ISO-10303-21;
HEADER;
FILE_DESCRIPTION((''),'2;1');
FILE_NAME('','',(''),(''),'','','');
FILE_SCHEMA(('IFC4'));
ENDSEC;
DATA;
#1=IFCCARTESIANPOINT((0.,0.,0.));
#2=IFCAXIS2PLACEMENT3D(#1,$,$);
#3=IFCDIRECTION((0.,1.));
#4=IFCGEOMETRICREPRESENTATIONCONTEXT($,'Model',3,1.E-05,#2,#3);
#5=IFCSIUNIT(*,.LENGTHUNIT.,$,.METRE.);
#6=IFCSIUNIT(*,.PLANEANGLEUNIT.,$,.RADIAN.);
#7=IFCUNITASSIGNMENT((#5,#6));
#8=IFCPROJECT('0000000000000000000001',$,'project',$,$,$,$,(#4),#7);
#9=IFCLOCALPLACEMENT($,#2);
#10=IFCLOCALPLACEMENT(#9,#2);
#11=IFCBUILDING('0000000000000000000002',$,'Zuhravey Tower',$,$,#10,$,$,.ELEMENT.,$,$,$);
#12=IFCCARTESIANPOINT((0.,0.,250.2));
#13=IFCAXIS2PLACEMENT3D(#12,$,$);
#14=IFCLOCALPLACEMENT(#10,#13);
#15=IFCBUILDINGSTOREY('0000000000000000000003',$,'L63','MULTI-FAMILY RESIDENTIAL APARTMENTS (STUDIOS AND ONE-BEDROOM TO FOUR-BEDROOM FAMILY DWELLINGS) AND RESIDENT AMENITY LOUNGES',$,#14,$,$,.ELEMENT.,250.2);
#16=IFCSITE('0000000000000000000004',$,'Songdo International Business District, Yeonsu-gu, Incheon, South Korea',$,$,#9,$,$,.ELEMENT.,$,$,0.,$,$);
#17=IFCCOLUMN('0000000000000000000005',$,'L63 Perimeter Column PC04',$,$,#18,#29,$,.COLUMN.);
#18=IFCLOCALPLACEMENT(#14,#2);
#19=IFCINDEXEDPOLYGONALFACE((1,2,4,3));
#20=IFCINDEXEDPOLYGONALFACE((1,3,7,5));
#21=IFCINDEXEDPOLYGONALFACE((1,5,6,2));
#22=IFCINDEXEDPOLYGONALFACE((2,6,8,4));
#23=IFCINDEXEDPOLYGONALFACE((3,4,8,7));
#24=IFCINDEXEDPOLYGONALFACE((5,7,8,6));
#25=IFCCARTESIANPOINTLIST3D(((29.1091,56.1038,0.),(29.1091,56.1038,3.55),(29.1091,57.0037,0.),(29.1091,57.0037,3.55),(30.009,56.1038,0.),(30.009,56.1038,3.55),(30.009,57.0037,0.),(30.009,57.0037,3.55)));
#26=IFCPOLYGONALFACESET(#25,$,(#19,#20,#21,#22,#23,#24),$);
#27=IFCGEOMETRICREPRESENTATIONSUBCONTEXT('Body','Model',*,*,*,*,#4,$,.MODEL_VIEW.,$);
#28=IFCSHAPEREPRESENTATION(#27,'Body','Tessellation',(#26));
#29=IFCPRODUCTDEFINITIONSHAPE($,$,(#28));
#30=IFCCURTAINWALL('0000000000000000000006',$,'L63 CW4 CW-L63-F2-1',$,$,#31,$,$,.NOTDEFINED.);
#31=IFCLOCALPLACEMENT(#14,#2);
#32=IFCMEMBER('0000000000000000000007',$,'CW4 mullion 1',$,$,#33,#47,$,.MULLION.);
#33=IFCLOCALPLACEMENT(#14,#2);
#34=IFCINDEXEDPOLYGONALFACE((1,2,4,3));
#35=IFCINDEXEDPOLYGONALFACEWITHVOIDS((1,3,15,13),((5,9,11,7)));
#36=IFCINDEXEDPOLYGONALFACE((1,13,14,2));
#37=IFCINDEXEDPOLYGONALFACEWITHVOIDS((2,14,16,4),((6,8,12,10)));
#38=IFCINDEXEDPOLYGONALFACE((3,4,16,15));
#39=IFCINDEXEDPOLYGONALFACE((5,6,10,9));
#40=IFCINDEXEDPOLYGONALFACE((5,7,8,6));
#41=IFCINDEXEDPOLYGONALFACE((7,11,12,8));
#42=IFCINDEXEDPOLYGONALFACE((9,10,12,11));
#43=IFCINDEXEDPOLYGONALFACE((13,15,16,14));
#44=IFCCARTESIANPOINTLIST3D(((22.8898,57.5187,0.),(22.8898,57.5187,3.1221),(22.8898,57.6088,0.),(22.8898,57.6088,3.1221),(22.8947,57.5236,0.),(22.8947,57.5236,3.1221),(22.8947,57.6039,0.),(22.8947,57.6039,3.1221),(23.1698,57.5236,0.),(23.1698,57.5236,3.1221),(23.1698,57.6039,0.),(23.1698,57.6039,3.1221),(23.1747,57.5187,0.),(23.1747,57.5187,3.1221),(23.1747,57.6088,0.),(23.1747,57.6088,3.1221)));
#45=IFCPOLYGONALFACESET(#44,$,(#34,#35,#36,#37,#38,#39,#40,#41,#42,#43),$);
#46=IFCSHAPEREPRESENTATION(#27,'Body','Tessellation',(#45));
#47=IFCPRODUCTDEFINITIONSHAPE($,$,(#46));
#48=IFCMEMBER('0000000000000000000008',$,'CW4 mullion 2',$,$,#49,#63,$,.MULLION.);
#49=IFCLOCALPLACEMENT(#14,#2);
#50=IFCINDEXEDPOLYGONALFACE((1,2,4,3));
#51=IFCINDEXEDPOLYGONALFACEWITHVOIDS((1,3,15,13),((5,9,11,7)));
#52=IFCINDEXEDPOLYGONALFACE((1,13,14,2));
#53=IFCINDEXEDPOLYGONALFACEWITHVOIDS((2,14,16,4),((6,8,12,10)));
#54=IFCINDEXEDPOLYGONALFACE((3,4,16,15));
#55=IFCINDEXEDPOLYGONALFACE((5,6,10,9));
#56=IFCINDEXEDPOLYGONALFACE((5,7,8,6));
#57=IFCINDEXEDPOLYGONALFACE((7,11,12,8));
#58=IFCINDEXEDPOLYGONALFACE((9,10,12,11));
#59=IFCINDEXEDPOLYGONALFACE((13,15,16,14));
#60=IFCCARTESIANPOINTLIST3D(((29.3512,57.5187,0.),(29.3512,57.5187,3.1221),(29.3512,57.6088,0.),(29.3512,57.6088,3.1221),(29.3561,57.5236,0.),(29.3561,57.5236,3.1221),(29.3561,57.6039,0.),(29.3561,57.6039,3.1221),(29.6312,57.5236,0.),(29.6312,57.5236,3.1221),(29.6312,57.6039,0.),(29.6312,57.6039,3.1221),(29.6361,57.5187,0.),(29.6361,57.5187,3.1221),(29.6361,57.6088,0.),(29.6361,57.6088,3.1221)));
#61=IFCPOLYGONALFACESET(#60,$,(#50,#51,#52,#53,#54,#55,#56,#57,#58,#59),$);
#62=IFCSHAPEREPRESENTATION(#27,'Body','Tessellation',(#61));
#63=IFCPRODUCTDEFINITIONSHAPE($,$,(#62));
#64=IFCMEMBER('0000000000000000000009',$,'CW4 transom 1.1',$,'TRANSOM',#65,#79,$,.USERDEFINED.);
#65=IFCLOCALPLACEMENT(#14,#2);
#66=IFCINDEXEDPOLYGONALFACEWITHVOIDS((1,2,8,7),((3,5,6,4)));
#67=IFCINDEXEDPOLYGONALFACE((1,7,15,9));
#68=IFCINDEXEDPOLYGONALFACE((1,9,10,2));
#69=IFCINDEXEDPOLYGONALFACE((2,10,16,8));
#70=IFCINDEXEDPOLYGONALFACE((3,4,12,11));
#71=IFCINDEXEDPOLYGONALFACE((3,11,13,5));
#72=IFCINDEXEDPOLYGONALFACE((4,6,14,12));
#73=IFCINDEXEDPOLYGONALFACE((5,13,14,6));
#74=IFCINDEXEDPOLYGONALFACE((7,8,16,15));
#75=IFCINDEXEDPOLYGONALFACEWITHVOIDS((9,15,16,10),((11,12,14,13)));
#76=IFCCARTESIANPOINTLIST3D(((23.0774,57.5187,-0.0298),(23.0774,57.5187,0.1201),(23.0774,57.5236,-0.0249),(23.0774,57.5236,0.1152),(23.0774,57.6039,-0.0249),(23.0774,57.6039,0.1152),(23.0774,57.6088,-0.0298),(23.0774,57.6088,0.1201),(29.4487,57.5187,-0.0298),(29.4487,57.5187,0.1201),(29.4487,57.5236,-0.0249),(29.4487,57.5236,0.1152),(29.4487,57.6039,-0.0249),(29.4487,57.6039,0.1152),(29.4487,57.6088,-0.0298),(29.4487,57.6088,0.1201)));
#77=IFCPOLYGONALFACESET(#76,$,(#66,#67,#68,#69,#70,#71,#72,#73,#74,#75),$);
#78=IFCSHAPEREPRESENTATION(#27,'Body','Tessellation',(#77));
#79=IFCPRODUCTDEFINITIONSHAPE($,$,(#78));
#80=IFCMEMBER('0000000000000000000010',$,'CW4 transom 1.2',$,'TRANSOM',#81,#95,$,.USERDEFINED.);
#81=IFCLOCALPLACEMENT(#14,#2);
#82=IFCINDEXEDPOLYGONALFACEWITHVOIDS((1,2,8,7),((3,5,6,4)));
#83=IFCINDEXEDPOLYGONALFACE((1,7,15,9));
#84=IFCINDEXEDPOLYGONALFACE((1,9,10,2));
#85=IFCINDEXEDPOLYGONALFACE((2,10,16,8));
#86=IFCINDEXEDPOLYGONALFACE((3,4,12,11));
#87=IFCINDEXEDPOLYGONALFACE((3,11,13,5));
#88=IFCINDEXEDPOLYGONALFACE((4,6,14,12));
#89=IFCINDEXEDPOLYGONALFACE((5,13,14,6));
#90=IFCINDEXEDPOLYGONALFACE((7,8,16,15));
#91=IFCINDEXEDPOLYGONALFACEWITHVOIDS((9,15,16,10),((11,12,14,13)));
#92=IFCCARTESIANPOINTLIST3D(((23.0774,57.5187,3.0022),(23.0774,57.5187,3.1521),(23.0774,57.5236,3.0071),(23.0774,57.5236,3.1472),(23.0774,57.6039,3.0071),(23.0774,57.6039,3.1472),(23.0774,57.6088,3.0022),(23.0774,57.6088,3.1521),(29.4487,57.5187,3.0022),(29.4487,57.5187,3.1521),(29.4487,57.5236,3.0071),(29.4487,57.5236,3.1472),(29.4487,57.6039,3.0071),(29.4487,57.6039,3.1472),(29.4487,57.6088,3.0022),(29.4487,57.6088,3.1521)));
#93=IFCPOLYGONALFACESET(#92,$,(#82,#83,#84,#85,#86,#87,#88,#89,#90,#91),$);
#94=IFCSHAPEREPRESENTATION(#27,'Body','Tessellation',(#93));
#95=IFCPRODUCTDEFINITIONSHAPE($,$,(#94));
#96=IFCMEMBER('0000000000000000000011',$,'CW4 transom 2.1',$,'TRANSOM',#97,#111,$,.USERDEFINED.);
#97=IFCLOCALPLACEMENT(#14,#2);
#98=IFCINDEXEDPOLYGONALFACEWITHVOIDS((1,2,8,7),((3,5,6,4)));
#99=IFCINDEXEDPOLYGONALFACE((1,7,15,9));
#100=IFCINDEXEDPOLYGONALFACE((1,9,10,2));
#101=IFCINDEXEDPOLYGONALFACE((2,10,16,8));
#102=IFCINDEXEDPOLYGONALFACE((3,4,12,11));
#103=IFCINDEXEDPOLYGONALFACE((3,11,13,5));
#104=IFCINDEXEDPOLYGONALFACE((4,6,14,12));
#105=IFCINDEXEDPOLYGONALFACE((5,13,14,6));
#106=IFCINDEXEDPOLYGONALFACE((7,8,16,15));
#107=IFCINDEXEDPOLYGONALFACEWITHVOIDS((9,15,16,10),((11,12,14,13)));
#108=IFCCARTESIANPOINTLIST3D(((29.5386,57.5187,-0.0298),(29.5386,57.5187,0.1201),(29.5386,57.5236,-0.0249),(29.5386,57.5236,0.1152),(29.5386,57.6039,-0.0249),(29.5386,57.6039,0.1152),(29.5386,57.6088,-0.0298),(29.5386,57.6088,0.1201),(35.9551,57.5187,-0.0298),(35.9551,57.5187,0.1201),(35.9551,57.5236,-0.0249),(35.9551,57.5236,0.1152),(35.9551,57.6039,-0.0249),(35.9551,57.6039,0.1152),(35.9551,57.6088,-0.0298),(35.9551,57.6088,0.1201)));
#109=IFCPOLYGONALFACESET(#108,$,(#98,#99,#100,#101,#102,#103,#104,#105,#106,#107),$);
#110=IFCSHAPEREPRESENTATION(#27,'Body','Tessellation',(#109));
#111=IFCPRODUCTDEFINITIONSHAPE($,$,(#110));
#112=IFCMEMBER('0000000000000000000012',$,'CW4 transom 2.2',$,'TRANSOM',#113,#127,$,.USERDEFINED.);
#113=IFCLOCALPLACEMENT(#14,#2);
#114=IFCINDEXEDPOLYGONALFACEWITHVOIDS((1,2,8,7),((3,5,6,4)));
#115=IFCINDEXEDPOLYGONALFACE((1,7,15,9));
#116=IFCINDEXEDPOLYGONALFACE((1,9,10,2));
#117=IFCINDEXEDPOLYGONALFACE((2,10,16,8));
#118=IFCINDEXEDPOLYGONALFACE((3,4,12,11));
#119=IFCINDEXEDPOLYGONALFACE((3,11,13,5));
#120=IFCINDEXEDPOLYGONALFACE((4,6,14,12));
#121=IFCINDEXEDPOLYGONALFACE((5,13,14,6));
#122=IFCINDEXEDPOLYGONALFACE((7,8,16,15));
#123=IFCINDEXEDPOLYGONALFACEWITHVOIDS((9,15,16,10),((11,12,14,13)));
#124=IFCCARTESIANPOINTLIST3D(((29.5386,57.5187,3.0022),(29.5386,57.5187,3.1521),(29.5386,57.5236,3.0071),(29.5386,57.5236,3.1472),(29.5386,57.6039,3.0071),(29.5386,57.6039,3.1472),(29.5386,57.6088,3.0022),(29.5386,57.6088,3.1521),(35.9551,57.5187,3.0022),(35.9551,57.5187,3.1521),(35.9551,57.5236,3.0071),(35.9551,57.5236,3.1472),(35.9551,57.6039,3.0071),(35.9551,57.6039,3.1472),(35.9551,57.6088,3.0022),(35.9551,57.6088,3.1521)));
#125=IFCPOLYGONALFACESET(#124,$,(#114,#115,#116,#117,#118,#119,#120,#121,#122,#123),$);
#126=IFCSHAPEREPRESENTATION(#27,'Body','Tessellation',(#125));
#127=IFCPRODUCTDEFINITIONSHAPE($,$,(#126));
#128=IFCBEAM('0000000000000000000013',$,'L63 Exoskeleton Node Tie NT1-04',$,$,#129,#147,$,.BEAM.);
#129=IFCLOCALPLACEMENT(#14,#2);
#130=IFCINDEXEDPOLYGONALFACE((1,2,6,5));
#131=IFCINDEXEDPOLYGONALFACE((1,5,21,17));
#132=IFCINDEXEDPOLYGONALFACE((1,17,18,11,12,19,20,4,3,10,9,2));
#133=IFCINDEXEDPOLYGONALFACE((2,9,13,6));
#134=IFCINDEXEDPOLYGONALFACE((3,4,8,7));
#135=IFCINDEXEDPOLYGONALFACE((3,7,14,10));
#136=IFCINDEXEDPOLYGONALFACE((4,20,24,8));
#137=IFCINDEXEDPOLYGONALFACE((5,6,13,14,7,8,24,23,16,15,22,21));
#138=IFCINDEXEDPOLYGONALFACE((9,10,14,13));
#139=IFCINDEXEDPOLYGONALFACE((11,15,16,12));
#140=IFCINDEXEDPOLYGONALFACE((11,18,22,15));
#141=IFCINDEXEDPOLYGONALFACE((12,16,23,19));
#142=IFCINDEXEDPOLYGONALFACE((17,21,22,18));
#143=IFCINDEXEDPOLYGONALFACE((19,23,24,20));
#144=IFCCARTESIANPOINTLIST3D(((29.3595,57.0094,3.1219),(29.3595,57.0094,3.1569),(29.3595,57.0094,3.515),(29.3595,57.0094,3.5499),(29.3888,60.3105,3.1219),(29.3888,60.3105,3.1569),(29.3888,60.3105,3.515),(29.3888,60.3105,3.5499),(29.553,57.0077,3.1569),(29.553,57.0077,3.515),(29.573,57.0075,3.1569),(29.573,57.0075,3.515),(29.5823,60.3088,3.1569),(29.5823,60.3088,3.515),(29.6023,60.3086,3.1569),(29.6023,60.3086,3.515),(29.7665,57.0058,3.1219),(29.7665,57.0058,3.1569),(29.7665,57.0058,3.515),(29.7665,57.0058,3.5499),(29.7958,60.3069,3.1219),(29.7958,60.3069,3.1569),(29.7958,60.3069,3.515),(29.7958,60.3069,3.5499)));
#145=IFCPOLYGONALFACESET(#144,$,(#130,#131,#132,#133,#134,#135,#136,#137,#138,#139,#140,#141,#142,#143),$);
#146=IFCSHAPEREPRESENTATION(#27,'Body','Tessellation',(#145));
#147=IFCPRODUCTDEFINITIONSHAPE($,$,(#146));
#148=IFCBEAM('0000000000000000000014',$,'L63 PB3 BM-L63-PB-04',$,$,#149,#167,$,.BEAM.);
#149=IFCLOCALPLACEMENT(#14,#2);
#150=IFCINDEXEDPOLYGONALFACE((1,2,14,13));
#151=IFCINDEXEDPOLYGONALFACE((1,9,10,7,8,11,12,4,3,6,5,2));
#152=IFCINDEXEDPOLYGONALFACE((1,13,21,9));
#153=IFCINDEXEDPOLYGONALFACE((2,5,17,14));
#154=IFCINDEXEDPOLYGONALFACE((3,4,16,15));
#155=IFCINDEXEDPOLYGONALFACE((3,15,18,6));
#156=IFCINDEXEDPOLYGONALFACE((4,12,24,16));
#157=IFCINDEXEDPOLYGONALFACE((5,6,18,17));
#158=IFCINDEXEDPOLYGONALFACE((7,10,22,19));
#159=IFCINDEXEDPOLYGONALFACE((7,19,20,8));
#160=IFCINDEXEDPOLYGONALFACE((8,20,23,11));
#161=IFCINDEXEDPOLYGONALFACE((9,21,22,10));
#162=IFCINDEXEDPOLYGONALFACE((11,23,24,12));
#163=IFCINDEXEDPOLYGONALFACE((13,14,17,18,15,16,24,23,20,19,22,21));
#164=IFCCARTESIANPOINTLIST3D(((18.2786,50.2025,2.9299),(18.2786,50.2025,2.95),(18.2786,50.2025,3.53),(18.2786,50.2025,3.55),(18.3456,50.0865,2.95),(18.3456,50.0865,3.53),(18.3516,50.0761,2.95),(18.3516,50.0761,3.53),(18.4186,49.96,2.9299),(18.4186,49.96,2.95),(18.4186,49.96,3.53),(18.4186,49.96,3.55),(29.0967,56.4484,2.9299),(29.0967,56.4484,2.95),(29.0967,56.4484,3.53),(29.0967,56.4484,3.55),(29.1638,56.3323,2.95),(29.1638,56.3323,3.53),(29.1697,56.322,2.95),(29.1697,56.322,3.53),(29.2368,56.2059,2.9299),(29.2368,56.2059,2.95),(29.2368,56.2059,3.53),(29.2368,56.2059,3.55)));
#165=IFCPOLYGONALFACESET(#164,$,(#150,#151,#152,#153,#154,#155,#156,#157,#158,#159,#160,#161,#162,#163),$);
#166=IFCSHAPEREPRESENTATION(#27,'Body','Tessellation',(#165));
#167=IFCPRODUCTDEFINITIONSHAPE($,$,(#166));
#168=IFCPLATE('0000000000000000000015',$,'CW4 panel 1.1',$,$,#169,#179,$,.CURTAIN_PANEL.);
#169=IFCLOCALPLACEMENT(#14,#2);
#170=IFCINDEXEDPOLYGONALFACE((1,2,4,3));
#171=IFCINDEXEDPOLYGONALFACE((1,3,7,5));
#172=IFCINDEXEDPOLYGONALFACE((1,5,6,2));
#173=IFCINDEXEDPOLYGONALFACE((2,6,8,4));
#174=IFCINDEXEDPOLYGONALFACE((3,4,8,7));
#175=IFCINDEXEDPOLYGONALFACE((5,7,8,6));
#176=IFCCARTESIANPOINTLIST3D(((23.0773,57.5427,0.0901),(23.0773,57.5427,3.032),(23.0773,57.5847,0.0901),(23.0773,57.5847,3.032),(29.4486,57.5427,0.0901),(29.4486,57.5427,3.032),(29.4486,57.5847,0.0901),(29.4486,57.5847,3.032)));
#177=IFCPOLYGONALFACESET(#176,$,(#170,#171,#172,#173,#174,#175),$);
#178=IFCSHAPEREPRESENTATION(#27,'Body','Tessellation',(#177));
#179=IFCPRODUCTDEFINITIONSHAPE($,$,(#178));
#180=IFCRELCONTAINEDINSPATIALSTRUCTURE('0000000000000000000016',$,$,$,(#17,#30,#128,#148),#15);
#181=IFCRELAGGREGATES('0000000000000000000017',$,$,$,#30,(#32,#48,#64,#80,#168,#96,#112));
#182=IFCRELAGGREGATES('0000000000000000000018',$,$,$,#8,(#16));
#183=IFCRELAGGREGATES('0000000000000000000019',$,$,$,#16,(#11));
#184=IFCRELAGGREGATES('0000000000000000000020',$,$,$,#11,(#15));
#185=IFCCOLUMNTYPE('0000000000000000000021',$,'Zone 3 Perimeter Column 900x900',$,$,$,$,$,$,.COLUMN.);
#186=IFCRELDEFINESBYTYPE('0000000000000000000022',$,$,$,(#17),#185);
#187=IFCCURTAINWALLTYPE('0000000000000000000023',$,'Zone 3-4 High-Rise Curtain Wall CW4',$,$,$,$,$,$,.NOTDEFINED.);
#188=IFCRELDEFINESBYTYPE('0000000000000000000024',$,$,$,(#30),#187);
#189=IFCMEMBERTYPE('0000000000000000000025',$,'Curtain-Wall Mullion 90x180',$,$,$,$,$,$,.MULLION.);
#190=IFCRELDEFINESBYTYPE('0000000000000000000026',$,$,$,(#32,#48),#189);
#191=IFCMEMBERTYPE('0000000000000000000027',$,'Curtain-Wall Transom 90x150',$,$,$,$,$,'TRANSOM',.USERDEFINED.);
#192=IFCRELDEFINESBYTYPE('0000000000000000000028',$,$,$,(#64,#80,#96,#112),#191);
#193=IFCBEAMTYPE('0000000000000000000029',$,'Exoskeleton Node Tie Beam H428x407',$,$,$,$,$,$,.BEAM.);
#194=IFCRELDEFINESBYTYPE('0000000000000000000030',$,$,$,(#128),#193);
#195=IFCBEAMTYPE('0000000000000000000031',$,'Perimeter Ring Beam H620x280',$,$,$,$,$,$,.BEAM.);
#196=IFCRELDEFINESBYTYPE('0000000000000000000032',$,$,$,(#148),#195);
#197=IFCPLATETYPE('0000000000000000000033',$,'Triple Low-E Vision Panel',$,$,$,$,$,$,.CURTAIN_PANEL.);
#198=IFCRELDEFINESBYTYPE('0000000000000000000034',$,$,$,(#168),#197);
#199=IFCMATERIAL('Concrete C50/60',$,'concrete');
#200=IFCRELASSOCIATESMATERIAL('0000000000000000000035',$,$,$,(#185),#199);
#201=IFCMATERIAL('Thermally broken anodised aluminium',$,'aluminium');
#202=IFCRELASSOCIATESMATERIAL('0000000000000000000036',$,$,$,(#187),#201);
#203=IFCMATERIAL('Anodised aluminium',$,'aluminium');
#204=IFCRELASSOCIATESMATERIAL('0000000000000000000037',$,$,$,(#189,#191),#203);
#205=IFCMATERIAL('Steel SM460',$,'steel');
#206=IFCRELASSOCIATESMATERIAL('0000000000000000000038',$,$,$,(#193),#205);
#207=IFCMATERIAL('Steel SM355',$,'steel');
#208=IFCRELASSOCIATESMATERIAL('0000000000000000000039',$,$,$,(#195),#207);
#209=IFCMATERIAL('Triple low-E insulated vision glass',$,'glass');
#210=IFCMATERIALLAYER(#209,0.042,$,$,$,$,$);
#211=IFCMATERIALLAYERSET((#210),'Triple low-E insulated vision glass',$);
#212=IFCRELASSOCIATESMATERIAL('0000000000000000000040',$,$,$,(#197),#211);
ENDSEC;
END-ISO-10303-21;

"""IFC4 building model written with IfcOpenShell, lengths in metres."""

from ifc_helpers import new_model, si_unit, direction, frame, origin, origin_2d, place, context, subcontext, project, spatial, rectangle, hollow_rectangle, i_section, extrude, material, layer, layer_set, material_profile, profile_set, type_object, element, aggregate, save


model = new_model("IFC4")

# Units and contexts
model_context = context("Model", 3, precision=1e-05, world=origin(), true_north=direction((0.0, 1.0)))
body_context = subcontext(model_context, "Body", "Model", "MODEL_VIEW")
ifc_project = project(units=[si_unit("LENGTHUNIT", "METRE"), si_unit("PLANEANGLEUNIT", "RADIAN")], contexts=[model_context])

# Site, building, storey
site_placement = place(None, origin())
site = spatial("IfcSite", under=ifc_project, at=site_placement, Name="Songdo International Business District, Yeonsu-gu, Incheon, South Korea", CompositionType="ELEMENT", RefElevation=0.0)
building_placement = place(site_placement, origin())
building = spatial("IfcBuilding", under=site, at=building_placement, Name="Zuhravey Tower", CompositionType="ELEMENT")
storey_placement = place(building_placement, frame((0.0, 0.0, 250.2)))
storey = spatial("IfcBuildingStorey", under=building, at=storey_placement, Name="L63", Description="MULTI-FAMILY RESIDENTIAL APARTMENTS (STUDIOS AND ONE-BEDROOM TO FOUR-BEDROOM FAMILY DWELLINGS) AND RESIDENT AMENITY LOUNGES", CompositionType="ELEMENT", Elevation=250.2)

# Column
ifc_material_1 = material(Name="Concrete C50/60", Category="concrete")
ifc_material_profile_1 = material_profile(ifc_material_1, rectangle(XDim=0.8999, YDim=0.8999, at=origin_2d()), Name="RC-900x900")
ifc_profile_set_1 = profile_set([ifc_material_profile_1], Name="Concrete C50/60")
column_type = type_object("IfcColumnType", Name="Zone 3 Perimeter Column 900x900", PredefinedType="COLUMN", material=ifc_profile_set_1)
column_placement = place(storey_placement, frame((29.5591, 56.5537, 0.0), z_axis=(0.0, 0.0, 1.0), x_axis=(-1.0, 0.0, 0.0)))
element("IfcColumn", 1, at=column_placement, inside=storey, type_object=column_type, Name="L63 Perimeter Column PC04", PredefinedType="COLUMN", context=body_context, shape_type="SweptSolid", body=[
    extrude(rectangle(XDim=0.8999, YDim=0.8999, at=origin_2d()), origin(), (0.0, 0.0, 1.0), 3.55),
])

# Curtain wall, members
ifc_material_2 = material(Name="Thermally broken anodised aluminium", Category="aluminium")
curtain_wall_type = type_object("IfcCurtainWallType", Name="Zone 3-4 High-Rise Curtain Wall CW4", PredefinedType="NOTDEFINED", material=ifc_material_2)
curtain_wall_placement = place(storey_placement, origin())
curtain_wall = element("IfcCurtainWall", 2, at=curtain_wall_placement, inside=storey, type_object=curtain_wall_type, Name="L63 CW4 CW-L63-F2-1", PredefinedType="NOTDEFINED")
ifc_material_3 = material(Name="Anodised aluminium", Category="aluminium")
ifc_material_profile_2 = material_profile(ifc_material_3, hollow_rectangle(XDim=0.0901, YDim=0.2849, WallThickness=0.0049, at=origin_2d()), Name="ALU-RHS-90x285x5")
ifc_profile_set_2 = profile_set([ifc_material_profile_2], Name="Anodised aluminium")
member_type_1 = type_object("IfcMemberType", Name="Curtain-Wall Mullion 90x180", PredefinedType="MULLION", material=ifc_profile_set_2)
member_1_placement = place(storey_placement, frame((23.0322, 57.5637, 0.0), z_axis=(0.0, 0.0, 1.0), x_axis=(0.0, 1.0, 0.0)))
member_1 = element("IfcMember", 3, at=member_1_placement, type_object=member_type_1, Name="CW4 mullion 1", PredefinedType="MULLION", context=body_context, shape_type="SweptSolid", body=[
    extrude(hollow_rectangle(XDim=0.0901, YDim=0.2849, WallThickness=0.0049, at=origin_2d()), origin(), (0.0, 0.0, 1.0), 3.1221),
])
member_2_placement = place(storey_placement, frame((29.4937, 57.5637, 0.0), z_axis=(0.0, 0.0, 1.0), x_axis=(0.0, 1.0, 0.0)))
member_2 = element("IfcMember", 4, at=member_2_placement, type_object=member_type_1, Name="CW4 mullion 2", PredefinedType="MULLION", context=body_context, shape_type="SweptSolid", body=[
    extrude(hollow_rectangle(XDim=0.0901, YDim=0.2849, WallThickness=0.0049, at=origin_2d()), origin(), (0.0, 0.0, 1.0), 3.1221),
])
ifc_material_profile_3 = material_profile(ifc_material_3, hollow_rectangle(XDim=0.0901, YDim=0.1499, WallThickness=0.0049, at=origin_2d()), Name="ALU-RHS-90x150x5")
ifc_profile_set_3 = profile_set([ifc_material_profile_3], Name="Anodised aluminium")
member_type_2 = type_object("IfcMemberType", Name="Curtain-Wall Transom 90x150", ElementType="TRANSOM", PredefinedType="USERDEFINED", material=ifc_profile_set_3)
member_3_placement = place(storey_placement, frame((23.0774, 57.5637, 0.0452), z_axis=(1.0, 0.0, 0.0), x_axis=(0.0, 1.0, 0.0)))
member_3 = element("IfcMember", 5, at=member_3_placement, type_object=member_type_2, Name="CW4 transom 1.1", ObjectType="TRANSOM", PredefinedType="USERDEFINED", context=body_context, shape_type="SweptSolid", body=[
    extrude(hollow_rectangle(XDim=0.0901, YDim=0.1499, WallThickness=0.0049, at=origin_2d()), origin(), (0.0, 0.0, 1.0), 6.3713),
])
member_4_placement = place(storey_placement, frame((23.0774, 57.5637, 3.0771), z_axis=(1.0, 0.0, 0.0), x_axis=(0.0, 1.0, 0.0)))
member_4 = element("IfcMember", 6, at=member_4_placement, type_object=member_type_2, Name="CW4 transom 1.2", ObjectType="TRANSOM", PredefinedType="USERDEFINED", context=body_context, shape_type="SweptSolid", body=[
    extrude(hollow_rectangle(XDim=0.0901, YDim=0.1499, WallThickness=0.0049, at=origin_2d()), origin(), (0.0, 0.0, 1.0), 6.3713),
])
member_5_placement = place(storey_placement, frame((29.5386, 57.5637, 0.0452), z_axis=(1.0, 0.0, 0.0), x_axis=(0.0, 1.0, 0.0)))
member_5 = element("IfcMember", 7, at=member_5_placement, type_object=member_type_2, Name="CW4 transom 2.1", ObjectType="TRANSOM", PredefinedType="USERDEFINED", context=body_context, shape_type="SweptSolid", body=[
    extrude(hollow_rectangle(XDim=0.0901, YDim=0.1499, WallThickness=0.0049, at=origin_2d()), origin(), (0.0, 0.0, 1.0), 6.4165),
])
member_6_placement = place(storey_placement, frame((29.5386, 57.5637, 3.0771), z_axis=(1.0, 0.0, 0.0), x_axis=(0.0, 1.0, 0.0)))
member_6 = element("IfcMember", 8, at=member_6_placement, type_object=member_type_2, Name="CW4 transom 2.2", ObjectType="TRANSOM", PredefinedType="USERDEFINED", context=body_context, shape_type="SweptSolid", body=[
    extrude(hollow_rectangle(XDim=0.0901, YDim=0.1499, WallThickness=0.0049, at=origin_2d()), origin(), (0.0, 0.0, 1.0), 6.4165),
])

# Beams
ifc_material_4 = material(Name="Steel SM460", Category="steel")
ifc_material_profile_4 = material_profile(ifc_material_4, i_section(OverallWidth=0.407, OverallDepth=0.428, WebThickness=0.02, FlangeThickness=0.0349, at=origin_2d()), Name="H-428x407x20x35")
ifc_profile_set_4 = profile_set([ifc_material_profile_4], Name="Steel SM460")
beam_type_1 = type_object("IfcBeamType", Name="Exoskeleton Node Tie Beam H428x407", PredefinedType="BEAM", material=ifc_profile_set_4)
beam_1_placement = place(storey_placement, frame((29.563, 57.0076, 3.3359), z_axis=(0.008875, 0.999961, 0.0), x_axis=(-0.999961, 0.008875, 0.0)))
element("IfcBeam", 9, at=beam_1_placement, inside=storey, type_object=beam_type_1, Name="L63 Exoskeleton Node Tie NT1-04", PredefinedType="BEAM", context=body_context, shape_type="SweptSolid", body=[
    extrude(i_section(OverallWidth=0.407, OverallDepth=0.428, WebThickness=0.02, FlangeThickness=0.0349, at=origin_2d()), origin(), (0.0, 0.0, 1.0), 3.3013),
])
ifc_material_5 = material(Name="Steel SM355", Category="steel")
ifc_material_profile_5 = material_profile(ifc_material_5, i_section(OverallWidth=0.28, OverallDepth=0.6201, WebThickness=0.012, FlangeThickness=0.02, at=origin_2d()), Name="H-620x280x12x20")
ifc_profile_set_5 = profile_set([ifc_material_profile_5], Name="Steel SM355")
beam_type_2 = type_object("IfcBeamType", Name="Perimeter Ring Beam H620x280", PredefinedType="BEAM", material=ifc_profile_set_5)
beam_2_placement = place(storey_placement, frame((29.1667, 56.3271, 3.24), z_axis=(-0.866025, -0.5, 0.0), x_axis=(0.5, -0.866025, 0.0)))
element("IfcBeam", 10, at=beam_2_placement, inside=storey, type_object=beam_type_2, Name="L63 PB3 BM-L63-PB-04", PredefinedType="BEAM", context=body_context, shape_type="SweptSolid", body=[
    extrude(i_section(OverallWidth=0.28, OverallDepth=0.6201, WebThickness=0.012, FlangeThickness=0.02, at=origin_2d()), origin(), (0.0, 0.0, 1.0), 12.4917),
])

# Plate
ifc_material_6 = material(Name="Triple low-E insulated vision glass", Category="glass")
ifc_layer_1 = layer(ifc_material_6, 0.042)
ifc_layer_set_1 = layer_set([ifc_layer_1], Name="Triple low-E insulated vision glass")
plate_type = type_object("IfcPlateType", Name="Triple Low-E Vision Panel", PredefinedType="CURTAIN_PANEL", material=ifc_layer_set_1)
plate_1_placement = place(storey_placement, frame((26.2629, 57.5637, 0.0901), z_axis=(0.0, 0.0, 1.0), x_axis=(1.0, 0.0, 0.0)))
plate_1 = element("IfcPlate", 11, at=plate_1_placement, type_object=plate_type, Name="CW4 panel 1.1", PredefinedType="CURTAIN_PANEL", context=body_context, shape_type="SweptSolid", body=[
    extrude(rectangle(XDim=6.3713, YDim=0.042, at=origin_2d()), origin(), (0.0, 0.0, 1.0), 2.9419),
])
aggregate(curtain_wall, [member_1, member_2, member_3, member_4, plate_1, member_5, member_6])

save(model, "model.ifc")
